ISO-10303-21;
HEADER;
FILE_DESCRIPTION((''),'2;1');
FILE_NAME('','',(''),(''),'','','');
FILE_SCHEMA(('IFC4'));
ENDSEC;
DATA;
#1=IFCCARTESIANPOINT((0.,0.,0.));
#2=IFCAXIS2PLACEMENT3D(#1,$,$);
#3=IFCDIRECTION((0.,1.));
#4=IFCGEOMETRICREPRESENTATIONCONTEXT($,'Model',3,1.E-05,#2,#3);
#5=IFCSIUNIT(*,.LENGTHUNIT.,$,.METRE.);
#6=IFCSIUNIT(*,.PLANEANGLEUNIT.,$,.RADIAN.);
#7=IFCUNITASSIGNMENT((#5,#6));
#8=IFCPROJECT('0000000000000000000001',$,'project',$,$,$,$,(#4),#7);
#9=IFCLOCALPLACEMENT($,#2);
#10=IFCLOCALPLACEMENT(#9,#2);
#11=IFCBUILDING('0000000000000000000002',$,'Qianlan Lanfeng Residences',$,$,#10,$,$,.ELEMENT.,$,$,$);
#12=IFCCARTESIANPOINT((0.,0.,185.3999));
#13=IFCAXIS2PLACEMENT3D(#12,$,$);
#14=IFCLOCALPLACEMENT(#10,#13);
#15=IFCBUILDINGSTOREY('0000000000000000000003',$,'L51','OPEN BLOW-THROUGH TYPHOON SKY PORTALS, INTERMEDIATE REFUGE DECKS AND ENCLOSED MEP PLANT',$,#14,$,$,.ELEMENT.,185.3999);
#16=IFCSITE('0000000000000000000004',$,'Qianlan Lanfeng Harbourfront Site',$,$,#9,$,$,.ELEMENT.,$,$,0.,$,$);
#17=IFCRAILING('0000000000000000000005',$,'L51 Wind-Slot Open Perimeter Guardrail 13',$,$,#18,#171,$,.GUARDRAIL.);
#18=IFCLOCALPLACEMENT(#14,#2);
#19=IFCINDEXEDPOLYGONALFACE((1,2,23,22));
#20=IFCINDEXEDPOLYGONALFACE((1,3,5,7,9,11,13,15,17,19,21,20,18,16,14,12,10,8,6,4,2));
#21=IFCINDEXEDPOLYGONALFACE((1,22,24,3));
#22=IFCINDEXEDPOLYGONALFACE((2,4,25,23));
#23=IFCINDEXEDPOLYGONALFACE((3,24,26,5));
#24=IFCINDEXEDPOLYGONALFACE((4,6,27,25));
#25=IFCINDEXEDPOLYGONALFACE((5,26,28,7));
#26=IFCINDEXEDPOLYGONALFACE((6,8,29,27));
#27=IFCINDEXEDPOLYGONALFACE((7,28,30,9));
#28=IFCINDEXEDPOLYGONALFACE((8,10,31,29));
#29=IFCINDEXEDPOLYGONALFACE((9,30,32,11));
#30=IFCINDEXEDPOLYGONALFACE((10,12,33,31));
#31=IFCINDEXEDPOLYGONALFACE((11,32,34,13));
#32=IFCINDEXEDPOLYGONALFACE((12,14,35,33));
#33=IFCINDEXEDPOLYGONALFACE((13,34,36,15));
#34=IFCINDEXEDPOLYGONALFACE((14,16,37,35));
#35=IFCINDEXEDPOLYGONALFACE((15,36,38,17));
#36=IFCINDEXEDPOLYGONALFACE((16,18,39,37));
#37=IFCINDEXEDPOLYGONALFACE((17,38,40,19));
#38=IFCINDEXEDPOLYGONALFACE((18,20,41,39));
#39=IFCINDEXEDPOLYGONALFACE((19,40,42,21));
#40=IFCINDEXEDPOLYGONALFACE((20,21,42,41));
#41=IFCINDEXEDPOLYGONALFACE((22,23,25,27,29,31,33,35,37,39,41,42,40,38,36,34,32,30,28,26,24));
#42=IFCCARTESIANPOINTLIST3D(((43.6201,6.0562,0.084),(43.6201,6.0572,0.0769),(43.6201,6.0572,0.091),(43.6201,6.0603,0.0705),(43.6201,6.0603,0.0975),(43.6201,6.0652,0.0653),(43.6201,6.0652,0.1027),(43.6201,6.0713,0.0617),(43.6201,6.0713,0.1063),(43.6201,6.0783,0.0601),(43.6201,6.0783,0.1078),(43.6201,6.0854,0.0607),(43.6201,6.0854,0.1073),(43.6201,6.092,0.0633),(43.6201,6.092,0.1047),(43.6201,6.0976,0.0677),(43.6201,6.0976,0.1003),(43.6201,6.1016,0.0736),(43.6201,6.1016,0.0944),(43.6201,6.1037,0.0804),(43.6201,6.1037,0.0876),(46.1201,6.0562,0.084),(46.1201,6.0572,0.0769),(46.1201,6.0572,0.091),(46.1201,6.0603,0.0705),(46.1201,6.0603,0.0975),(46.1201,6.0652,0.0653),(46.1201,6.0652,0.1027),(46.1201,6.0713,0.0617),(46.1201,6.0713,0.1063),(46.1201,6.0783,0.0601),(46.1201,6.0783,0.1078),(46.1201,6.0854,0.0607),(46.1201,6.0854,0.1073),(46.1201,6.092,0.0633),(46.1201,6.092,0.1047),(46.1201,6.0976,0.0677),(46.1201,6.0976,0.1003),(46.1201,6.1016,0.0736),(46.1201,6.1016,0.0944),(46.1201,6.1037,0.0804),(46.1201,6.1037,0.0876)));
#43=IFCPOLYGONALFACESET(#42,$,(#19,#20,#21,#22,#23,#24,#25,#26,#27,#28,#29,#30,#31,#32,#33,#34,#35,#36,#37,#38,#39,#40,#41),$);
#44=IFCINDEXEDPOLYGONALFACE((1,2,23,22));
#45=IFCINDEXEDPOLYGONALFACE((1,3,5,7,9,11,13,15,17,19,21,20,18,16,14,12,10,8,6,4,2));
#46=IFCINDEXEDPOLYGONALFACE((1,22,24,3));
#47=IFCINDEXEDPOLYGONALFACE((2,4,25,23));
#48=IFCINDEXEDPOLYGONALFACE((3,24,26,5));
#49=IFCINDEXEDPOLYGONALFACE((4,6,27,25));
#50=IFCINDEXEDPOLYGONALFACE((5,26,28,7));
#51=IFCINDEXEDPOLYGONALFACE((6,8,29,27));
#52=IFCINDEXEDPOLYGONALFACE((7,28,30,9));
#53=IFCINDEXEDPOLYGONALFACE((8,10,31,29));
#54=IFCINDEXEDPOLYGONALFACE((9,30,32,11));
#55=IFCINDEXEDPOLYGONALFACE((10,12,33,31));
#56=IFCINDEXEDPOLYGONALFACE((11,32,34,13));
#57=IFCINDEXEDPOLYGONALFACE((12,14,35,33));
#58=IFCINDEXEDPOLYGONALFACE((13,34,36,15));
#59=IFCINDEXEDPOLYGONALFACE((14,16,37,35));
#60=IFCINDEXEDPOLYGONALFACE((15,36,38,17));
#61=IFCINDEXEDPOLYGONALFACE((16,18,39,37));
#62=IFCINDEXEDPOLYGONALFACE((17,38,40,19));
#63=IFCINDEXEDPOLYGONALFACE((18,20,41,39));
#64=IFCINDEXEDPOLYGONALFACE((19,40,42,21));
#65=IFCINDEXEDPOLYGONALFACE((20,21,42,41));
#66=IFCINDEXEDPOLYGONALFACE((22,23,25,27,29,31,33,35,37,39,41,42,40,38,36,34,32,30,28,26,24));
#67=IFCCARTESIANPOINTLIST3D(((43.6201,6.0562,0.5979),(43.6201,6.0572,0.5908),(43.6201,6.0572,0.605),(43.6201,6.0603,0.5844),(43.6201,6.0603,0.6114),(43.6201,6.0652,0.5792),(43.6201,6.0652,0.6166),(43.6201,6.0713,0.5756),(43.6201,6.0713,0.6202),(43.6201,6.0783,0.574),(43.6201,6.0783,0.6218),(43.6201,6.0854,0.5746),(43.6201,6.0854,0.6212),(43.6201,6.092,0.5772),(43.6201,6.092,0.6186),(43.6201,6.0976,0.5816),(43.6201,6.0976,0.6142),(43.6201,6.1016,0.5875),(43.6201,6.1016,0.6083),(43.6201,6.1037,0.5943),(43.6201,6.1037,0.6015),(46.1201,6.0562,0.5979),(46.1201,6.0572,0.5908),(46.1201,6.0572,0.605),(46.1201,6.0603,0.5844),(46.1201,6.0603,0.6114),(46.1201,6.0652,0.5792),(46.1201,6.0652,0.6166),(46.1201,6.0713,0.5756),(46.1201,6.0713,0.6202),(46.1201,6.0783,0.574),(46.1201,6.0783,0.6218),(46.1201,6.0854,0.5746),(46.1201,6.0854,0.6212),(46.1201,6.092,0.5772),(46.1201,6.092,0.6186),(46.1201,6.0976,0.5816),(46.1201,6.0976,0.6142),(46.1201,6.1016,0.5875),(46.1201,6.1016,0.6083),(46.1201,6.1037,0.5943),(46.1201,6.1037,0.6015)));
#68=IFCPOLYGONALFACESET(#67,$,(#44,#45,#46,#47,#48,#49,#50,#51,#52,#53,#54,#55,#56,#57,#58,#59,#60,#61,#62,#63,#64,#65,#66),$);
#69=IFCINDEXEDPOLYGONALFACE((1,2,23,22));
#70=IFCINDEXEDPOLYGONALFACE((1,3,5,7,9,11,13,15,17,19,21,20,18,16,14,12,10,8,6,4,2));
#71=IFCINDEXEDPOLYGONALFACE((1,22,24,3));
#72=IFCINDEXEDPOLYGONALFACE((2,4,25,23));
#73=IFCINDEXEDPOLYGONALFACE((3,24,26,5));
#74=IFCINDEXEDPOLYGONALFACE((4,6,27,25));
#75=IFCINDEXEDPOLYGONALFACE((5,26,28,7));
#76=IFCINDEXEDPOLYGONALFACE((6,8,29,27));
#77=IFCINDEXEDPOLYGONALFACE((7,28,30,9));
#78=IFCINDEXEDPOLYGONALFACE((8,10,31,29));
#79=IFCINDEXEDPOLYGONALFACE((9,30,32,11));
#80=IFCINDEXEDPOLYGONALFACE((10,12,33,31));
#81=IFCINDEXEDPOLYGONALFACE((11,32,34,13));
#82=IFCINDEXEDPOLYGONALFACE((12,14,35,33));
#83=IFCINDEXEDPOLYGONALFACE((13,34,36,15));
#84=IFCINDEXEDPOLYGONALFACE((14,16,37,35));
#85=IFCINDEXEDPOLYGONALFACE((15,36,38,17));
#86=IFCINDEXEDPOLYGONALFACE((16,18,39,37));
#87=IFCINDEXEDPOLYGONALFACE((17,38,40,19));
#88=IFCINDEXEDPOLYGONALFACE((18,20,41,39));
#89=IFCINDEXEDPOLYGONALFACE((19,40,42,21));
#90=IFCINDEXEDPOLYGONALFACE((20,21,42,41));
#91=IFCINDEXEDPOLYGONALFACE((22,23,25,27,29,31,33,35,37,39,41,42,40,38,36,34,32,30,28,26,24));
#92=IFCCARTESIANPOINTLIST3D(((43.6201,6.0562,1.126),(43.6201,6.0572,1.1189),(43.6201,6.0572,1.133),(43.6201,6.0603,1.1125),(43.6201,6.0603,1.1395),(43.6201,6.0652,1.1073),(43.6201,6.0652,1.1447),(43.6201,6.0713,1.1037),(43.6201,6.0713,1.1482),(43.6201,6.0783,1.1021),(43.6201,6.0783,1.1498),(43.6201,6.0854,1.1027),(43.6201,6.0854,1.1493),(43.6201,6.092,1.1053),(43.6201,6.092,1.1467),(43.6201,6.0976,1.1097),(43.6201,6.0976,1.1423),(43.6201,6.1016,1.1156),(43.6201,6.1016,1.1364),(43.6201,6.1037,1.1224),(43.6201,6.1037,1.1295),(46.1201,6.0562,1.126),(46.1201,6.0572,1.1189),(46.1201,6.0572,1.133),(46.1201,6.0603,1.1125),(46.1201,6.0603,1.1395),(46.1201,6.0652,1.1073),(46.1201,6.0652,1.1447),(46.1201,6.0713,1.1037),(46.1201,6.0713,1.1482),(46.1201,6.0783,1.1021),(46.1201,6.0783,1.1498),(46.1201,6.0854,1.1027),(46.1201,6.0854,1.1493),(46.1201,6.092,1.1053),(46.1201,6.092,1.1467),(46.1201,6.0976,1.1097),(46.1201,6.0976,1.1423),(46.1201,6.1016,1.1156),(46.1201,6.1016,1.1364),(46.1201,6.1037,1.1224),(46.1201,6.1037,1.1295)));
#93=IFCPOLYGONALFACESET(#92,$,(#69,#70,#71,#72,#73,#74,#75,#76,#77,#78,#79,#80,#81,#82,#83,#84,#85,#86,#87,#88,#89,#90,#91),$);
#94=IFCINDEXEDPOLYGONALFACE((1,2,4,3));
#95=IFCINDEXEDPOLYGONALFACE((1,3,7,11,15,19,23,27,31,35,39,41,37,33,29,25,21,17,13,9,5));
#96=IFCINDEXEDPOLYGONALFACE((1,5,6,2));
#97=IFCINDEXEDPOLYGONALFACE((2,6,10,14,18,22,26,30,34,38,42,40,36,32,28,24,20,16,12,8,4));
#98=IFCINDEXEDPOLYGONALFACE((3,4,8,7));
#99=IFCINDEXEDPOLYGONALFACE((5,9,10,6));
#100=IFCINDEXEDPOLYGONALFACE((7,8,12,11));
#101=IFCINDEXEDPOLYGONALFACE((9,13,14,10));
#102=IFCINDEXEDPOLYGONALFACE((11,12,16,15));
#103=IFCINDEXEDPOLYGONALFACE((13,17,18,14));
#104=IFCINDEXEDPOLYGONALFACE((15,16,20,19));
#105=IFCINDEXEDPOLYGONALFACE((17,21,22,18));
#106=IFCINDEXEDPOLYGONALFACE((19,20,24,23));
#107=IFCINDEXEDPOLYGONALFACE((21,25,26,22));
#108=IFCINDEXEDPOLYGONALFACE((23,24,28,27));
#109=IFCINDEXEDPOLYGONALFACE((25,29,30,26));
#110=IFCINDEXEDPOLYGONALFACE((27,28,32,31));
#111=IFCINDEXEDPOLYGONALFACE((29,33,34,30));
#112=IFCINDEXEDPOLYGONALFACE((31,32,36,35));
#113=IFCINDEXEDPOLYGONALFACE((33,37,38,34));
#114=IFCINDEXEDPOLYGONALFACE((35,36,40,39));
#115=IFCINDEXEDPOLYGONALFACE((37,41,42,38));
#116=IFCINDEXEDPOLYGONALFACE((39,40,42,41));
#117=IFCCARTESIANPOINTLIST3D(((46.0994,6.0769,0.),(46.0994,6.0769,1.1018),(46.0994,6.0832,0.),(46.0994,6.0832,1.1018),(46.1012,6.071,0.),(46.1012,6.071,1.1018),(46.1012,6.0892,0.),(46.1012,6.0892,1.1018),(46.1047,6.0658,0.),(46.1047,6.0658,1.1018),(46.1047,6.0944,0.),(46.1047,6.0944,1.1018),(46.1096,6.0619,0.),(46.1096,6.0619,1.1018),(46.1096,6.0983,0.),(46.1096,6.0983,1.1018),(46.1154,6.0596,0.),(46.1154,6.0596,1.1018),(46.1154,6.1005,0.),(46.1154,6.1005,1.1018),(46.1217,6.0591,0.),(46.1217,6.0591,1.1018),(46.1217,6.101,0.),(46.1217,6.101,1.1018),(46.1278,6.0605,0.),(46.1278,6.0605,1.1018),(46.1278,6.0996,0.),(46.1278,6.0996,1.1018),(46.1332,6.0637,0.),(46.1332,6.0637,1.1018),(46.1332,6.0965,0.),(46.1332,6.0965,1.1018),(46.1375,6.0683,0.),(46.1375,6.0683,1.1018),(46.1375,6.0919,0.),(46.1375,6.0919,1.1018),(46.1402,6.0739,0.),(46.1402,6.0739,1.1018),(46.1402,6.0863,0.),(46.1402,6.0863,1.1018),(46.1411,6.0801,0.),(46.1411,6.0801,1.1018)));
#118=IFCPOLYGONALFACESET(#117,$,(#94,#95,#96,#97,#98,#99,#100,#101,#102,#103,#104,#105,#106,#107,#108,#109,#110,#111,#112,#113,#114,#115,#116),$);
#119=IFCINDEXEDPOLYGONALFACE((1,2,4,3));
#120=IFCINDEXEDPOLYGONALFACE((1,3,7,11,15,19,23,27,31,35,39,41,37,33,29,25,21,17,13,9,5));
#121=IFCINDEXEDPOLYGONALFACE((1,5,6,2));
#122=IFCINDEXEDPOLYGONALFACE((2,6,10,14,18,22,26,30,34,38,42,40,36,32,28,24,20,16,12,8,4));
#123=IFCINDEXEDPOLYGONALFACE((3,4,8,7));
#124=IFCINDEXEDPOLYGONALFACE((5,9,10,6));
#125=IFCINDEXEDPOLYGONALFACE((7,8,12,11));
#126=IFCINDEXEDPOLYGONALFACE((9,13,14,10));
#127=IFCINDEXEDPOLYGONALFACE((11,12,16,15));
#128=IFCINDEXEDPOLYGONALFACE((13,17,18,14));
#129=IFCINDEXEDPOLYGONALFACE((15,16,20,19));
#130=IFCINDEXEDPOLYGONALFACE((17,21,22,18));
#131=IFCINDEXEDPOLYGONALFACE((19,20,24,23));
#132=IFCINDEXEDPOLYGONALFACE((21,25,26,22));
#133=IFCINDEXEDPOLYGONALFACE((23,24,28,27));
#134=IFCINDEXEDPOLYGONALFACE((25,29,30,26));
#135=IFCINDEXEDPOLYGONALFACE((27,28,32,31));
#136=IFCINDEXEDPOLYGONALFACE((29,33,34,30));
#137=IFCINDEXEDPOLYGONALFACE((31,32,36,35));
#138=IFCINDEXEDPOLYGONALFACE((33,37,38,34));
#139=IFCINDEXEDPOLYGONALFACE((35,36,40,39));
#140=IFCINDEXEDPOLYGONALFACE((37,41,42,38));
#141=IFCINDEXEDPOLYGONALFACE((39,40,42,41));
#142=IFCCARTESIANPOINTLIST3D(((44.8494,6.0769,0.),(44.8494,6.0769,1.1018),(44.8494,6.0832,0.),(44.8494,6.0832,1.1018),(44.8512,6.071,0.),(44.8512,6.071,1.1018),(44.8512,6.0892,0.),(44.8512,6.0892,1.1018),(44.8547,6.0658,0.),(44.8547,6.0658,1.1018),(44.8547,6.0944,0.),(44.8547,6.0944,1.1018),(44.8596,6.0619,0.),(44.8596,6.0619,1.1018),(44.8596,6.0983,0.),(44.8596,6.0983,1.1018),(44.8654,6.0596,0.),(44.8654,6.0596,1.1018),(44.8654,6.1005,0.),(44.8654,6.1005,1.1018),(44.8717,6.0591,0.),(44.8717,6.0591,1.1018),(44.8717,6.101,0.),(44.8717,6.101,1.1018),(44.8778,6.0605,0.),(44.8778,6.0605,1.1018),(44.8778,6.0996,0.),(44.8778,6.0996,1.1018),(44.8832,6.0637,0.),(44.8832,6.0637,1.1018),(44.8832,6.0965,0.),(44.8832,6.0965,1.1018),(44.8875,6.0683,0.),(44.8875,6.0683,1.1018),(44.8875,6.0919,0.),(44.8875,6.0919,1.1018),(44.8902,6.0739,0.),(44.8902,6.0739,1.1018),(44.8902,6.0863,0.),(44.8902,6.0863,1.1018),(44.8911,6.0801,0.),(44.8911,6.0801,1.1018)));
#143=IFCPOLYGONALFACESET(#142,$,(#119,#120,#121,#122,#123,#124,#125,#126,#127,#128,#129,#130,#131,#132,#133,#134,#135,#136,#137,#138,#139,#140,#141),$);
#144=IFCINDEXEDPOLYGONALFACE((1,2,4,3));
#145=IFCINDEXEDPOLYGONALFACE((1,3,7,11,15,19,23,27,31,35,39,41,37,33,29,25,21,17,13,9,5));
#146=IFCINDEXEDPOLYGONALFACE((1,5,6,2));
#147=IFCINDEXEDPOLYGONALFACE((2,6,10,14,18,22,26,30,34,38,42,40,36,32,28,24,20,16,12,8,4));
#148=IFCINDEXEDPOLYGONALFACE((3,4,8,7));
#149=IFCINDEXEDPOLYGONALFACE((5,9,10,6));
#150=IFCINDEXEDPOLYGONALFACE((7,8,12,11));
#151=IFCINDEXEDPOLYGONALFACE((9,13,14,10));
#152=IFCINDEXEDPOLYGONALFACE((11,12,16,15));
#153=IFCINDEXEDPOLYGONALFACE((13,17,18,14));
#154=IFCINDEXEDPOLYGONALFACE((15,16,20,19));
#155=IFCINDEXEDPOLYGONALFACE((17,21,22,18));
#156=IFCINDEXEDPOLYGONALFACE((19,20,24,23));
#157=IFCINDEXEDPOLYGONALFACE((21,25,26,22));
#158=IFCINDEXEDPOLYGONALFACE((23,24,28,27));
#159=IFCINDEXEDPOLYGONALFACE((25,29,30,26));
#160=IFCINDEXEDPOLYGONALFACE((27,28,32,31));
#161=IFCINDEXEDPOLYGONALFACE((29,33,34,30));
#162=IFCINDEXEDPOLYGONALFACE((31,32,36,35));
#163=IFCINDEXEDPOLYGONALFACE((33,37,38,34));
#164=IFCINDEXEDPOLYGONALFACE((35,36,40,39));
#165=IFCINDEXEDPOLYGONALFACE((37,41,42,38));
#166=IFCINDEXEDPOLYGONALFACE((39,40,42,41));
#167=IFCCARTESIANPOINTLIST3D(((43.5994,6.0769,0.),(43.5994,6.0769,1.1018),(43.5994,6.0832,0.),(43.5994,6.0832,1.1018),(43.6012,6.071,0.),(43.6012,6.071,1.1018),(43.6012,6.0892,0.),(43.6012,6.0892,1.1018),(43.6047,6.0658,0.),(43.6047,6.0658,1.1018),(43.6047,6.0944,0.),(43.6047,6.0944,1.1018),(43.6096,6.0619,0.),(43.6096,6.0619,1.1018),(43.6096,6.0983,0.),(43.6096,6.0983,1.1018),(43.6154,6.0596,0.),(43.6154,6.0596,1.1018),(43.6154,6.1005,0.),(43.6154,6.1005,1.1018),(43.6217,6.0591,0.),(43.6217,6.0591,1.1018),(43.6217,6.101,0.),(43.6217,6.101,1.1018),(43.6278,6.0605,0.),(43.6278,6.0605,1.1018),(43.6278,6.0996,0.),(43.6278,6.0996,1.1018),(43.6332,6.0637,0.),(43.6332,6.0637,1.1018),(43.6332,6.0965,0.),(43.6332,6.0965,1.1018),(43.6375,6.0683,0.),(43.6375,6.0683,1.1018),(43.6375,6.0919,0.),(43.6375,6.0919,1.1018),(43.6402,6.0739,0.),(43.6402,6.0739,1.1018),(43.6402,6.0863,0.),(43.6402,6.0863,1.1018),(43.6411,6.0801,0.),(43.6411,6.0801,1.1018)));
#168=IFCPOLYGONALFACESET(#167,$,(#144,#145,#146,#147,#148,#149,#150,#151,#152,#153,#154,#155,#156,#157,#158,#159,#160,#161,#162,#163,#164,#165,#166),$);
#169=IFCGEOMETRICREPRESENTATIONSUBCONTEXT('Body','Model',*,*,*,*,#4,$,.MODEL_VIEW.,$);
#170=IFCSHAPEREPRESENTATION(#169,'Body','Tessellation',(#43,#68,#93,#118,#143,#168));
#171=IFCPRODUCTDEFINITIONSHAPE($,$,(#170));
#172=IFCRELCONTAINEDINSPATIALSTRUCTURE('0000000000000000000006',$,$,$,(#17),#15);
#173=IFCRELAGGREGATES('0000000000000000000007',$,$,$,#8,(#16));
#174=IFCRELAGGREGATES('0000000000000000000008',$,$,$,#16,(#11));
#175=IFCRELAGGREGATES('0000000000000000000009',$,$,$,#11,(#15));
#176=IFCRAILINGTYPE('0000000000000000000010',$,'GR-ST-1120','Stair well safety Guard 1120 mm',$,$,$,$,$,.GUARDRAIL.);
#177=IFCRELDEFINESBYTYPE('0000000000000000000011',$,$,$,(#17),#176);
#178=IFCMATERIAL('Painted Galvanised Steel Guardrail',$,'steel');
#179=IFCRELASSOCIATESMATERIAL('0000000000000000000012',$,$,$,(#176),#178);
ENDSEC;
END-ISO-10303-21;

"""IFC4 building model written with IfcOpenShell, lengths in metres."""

from ifc_helpers import new_model, si_unit, direction, frame, origin, origin_2d, place, context, subcontext, project, spatial, circle, extrude, material, type_object, element, save


model = new_model("IFC4")

# Units and contexts
model_context = context("Model", 3, precision=1e-05, world=origin(), true_north=direction((0.0, 1.0)))
body_context = subcontext(model_context, "Body", "Model", "MODEL_VIEW")
ifc_project = project(units=[si_unit("LENGTHUNIT", "METRE"), si_unit("PLANEANGLEUNIT", "RADIAN")], contexts=[model_context])

# Site, building, storey
site_placement = place(None, origin())
site = spatial("IfcSite", under=ifc_project, at=site_placement, Name="Qianlan Lanfeng Harbourfront Site", CompositionType="ELEMENT", RefElevation=0.0)
building_placement = place(site_placement, origin())
building = spatial("IfcBuilding", under=site, at=building_placement, Name="Qianlan Lanfeng Residences", CompositionType="ELEMENT")
storey_placement = place(building_placement, frame((0.0, 0.0, 185.3999)))
storey = spatial("IfcBuildingStorey", under=building, at=storey_placement, Name="L51", Description="OPEN BLOW-THROUGH TYPHOON SKY PORTALS, INTERMEDIATE REFUGE DECKS AND ENCLOSED MEP PLANT", CompositionType="ELEMENT", Elevation=185.3999)

# Railing
ifc_material_1 = material(Name="Painted Galvanised Steel Guardrail", Category="steel")
railing_type = type_object("IfcRailingType", Name="GR-ST-1120", Description="Stair well safety Guard 1120 mm", PredefinedType="GUARDRAIL", material=ifc_material_1)
railing_1_placement = place(storey_placement, frame((46.1201, 6.0801, 0.0)))
element("IfcRailing", 1, at=railing_1_placement, inside=storey, type_object=railing_type, Name="L51 Wind-Slot Open Perimeter Guardrail 13", PredefinedType="GUARDRAIL", context=body_context, shape_type="SweptSolid", body=[
    extrude(circle(Radius=0.0239, at=origin_2d()), frame((0.0, 0.0, 0.084), z_axis=(-1.0, 0.0, 0.0), x_axis=(0.0, -1.0, 0.0)), (0.0, 0.0, 1.0), 2.5),
    extrude(circle(Radius=0.0239, at=origin_2d()), frame((0.0, 0.0, 0.5979), z_axis=(-1.0, 0.0, 0.0), x_axis=(0.0, -1.0, 0.0)), (0.0, 0.0, 1.0), 2.5),
    extrude(circle(Radius=0.0239, at=origin_2d()), frame((0.0, 0.0, 1.126), z_axis=(-1.0, 0.0, 0.0), x_axis=(0.0, -1.0, 0.0)), (0.0, 0.0, 1.0), 2.5),
    extrude(circle(Radius=0.021, at=origin_2d()), origin(), (0.0, 0.0, 1.0), 1.1018),
    extrude(circle(Radius=0.021, at=origin_2d()), frame((-1.25, 0.0, 0.0)), (0.0, 0.0, 1.0), 1.1018),
    extrude(circle(Radius=0.021, at=origin_2d()), frame((-2.5, 0.0, 0.0)), (0.0, 0.0, 1.0), 1.1018),
])

save(model, "model.ifc")
